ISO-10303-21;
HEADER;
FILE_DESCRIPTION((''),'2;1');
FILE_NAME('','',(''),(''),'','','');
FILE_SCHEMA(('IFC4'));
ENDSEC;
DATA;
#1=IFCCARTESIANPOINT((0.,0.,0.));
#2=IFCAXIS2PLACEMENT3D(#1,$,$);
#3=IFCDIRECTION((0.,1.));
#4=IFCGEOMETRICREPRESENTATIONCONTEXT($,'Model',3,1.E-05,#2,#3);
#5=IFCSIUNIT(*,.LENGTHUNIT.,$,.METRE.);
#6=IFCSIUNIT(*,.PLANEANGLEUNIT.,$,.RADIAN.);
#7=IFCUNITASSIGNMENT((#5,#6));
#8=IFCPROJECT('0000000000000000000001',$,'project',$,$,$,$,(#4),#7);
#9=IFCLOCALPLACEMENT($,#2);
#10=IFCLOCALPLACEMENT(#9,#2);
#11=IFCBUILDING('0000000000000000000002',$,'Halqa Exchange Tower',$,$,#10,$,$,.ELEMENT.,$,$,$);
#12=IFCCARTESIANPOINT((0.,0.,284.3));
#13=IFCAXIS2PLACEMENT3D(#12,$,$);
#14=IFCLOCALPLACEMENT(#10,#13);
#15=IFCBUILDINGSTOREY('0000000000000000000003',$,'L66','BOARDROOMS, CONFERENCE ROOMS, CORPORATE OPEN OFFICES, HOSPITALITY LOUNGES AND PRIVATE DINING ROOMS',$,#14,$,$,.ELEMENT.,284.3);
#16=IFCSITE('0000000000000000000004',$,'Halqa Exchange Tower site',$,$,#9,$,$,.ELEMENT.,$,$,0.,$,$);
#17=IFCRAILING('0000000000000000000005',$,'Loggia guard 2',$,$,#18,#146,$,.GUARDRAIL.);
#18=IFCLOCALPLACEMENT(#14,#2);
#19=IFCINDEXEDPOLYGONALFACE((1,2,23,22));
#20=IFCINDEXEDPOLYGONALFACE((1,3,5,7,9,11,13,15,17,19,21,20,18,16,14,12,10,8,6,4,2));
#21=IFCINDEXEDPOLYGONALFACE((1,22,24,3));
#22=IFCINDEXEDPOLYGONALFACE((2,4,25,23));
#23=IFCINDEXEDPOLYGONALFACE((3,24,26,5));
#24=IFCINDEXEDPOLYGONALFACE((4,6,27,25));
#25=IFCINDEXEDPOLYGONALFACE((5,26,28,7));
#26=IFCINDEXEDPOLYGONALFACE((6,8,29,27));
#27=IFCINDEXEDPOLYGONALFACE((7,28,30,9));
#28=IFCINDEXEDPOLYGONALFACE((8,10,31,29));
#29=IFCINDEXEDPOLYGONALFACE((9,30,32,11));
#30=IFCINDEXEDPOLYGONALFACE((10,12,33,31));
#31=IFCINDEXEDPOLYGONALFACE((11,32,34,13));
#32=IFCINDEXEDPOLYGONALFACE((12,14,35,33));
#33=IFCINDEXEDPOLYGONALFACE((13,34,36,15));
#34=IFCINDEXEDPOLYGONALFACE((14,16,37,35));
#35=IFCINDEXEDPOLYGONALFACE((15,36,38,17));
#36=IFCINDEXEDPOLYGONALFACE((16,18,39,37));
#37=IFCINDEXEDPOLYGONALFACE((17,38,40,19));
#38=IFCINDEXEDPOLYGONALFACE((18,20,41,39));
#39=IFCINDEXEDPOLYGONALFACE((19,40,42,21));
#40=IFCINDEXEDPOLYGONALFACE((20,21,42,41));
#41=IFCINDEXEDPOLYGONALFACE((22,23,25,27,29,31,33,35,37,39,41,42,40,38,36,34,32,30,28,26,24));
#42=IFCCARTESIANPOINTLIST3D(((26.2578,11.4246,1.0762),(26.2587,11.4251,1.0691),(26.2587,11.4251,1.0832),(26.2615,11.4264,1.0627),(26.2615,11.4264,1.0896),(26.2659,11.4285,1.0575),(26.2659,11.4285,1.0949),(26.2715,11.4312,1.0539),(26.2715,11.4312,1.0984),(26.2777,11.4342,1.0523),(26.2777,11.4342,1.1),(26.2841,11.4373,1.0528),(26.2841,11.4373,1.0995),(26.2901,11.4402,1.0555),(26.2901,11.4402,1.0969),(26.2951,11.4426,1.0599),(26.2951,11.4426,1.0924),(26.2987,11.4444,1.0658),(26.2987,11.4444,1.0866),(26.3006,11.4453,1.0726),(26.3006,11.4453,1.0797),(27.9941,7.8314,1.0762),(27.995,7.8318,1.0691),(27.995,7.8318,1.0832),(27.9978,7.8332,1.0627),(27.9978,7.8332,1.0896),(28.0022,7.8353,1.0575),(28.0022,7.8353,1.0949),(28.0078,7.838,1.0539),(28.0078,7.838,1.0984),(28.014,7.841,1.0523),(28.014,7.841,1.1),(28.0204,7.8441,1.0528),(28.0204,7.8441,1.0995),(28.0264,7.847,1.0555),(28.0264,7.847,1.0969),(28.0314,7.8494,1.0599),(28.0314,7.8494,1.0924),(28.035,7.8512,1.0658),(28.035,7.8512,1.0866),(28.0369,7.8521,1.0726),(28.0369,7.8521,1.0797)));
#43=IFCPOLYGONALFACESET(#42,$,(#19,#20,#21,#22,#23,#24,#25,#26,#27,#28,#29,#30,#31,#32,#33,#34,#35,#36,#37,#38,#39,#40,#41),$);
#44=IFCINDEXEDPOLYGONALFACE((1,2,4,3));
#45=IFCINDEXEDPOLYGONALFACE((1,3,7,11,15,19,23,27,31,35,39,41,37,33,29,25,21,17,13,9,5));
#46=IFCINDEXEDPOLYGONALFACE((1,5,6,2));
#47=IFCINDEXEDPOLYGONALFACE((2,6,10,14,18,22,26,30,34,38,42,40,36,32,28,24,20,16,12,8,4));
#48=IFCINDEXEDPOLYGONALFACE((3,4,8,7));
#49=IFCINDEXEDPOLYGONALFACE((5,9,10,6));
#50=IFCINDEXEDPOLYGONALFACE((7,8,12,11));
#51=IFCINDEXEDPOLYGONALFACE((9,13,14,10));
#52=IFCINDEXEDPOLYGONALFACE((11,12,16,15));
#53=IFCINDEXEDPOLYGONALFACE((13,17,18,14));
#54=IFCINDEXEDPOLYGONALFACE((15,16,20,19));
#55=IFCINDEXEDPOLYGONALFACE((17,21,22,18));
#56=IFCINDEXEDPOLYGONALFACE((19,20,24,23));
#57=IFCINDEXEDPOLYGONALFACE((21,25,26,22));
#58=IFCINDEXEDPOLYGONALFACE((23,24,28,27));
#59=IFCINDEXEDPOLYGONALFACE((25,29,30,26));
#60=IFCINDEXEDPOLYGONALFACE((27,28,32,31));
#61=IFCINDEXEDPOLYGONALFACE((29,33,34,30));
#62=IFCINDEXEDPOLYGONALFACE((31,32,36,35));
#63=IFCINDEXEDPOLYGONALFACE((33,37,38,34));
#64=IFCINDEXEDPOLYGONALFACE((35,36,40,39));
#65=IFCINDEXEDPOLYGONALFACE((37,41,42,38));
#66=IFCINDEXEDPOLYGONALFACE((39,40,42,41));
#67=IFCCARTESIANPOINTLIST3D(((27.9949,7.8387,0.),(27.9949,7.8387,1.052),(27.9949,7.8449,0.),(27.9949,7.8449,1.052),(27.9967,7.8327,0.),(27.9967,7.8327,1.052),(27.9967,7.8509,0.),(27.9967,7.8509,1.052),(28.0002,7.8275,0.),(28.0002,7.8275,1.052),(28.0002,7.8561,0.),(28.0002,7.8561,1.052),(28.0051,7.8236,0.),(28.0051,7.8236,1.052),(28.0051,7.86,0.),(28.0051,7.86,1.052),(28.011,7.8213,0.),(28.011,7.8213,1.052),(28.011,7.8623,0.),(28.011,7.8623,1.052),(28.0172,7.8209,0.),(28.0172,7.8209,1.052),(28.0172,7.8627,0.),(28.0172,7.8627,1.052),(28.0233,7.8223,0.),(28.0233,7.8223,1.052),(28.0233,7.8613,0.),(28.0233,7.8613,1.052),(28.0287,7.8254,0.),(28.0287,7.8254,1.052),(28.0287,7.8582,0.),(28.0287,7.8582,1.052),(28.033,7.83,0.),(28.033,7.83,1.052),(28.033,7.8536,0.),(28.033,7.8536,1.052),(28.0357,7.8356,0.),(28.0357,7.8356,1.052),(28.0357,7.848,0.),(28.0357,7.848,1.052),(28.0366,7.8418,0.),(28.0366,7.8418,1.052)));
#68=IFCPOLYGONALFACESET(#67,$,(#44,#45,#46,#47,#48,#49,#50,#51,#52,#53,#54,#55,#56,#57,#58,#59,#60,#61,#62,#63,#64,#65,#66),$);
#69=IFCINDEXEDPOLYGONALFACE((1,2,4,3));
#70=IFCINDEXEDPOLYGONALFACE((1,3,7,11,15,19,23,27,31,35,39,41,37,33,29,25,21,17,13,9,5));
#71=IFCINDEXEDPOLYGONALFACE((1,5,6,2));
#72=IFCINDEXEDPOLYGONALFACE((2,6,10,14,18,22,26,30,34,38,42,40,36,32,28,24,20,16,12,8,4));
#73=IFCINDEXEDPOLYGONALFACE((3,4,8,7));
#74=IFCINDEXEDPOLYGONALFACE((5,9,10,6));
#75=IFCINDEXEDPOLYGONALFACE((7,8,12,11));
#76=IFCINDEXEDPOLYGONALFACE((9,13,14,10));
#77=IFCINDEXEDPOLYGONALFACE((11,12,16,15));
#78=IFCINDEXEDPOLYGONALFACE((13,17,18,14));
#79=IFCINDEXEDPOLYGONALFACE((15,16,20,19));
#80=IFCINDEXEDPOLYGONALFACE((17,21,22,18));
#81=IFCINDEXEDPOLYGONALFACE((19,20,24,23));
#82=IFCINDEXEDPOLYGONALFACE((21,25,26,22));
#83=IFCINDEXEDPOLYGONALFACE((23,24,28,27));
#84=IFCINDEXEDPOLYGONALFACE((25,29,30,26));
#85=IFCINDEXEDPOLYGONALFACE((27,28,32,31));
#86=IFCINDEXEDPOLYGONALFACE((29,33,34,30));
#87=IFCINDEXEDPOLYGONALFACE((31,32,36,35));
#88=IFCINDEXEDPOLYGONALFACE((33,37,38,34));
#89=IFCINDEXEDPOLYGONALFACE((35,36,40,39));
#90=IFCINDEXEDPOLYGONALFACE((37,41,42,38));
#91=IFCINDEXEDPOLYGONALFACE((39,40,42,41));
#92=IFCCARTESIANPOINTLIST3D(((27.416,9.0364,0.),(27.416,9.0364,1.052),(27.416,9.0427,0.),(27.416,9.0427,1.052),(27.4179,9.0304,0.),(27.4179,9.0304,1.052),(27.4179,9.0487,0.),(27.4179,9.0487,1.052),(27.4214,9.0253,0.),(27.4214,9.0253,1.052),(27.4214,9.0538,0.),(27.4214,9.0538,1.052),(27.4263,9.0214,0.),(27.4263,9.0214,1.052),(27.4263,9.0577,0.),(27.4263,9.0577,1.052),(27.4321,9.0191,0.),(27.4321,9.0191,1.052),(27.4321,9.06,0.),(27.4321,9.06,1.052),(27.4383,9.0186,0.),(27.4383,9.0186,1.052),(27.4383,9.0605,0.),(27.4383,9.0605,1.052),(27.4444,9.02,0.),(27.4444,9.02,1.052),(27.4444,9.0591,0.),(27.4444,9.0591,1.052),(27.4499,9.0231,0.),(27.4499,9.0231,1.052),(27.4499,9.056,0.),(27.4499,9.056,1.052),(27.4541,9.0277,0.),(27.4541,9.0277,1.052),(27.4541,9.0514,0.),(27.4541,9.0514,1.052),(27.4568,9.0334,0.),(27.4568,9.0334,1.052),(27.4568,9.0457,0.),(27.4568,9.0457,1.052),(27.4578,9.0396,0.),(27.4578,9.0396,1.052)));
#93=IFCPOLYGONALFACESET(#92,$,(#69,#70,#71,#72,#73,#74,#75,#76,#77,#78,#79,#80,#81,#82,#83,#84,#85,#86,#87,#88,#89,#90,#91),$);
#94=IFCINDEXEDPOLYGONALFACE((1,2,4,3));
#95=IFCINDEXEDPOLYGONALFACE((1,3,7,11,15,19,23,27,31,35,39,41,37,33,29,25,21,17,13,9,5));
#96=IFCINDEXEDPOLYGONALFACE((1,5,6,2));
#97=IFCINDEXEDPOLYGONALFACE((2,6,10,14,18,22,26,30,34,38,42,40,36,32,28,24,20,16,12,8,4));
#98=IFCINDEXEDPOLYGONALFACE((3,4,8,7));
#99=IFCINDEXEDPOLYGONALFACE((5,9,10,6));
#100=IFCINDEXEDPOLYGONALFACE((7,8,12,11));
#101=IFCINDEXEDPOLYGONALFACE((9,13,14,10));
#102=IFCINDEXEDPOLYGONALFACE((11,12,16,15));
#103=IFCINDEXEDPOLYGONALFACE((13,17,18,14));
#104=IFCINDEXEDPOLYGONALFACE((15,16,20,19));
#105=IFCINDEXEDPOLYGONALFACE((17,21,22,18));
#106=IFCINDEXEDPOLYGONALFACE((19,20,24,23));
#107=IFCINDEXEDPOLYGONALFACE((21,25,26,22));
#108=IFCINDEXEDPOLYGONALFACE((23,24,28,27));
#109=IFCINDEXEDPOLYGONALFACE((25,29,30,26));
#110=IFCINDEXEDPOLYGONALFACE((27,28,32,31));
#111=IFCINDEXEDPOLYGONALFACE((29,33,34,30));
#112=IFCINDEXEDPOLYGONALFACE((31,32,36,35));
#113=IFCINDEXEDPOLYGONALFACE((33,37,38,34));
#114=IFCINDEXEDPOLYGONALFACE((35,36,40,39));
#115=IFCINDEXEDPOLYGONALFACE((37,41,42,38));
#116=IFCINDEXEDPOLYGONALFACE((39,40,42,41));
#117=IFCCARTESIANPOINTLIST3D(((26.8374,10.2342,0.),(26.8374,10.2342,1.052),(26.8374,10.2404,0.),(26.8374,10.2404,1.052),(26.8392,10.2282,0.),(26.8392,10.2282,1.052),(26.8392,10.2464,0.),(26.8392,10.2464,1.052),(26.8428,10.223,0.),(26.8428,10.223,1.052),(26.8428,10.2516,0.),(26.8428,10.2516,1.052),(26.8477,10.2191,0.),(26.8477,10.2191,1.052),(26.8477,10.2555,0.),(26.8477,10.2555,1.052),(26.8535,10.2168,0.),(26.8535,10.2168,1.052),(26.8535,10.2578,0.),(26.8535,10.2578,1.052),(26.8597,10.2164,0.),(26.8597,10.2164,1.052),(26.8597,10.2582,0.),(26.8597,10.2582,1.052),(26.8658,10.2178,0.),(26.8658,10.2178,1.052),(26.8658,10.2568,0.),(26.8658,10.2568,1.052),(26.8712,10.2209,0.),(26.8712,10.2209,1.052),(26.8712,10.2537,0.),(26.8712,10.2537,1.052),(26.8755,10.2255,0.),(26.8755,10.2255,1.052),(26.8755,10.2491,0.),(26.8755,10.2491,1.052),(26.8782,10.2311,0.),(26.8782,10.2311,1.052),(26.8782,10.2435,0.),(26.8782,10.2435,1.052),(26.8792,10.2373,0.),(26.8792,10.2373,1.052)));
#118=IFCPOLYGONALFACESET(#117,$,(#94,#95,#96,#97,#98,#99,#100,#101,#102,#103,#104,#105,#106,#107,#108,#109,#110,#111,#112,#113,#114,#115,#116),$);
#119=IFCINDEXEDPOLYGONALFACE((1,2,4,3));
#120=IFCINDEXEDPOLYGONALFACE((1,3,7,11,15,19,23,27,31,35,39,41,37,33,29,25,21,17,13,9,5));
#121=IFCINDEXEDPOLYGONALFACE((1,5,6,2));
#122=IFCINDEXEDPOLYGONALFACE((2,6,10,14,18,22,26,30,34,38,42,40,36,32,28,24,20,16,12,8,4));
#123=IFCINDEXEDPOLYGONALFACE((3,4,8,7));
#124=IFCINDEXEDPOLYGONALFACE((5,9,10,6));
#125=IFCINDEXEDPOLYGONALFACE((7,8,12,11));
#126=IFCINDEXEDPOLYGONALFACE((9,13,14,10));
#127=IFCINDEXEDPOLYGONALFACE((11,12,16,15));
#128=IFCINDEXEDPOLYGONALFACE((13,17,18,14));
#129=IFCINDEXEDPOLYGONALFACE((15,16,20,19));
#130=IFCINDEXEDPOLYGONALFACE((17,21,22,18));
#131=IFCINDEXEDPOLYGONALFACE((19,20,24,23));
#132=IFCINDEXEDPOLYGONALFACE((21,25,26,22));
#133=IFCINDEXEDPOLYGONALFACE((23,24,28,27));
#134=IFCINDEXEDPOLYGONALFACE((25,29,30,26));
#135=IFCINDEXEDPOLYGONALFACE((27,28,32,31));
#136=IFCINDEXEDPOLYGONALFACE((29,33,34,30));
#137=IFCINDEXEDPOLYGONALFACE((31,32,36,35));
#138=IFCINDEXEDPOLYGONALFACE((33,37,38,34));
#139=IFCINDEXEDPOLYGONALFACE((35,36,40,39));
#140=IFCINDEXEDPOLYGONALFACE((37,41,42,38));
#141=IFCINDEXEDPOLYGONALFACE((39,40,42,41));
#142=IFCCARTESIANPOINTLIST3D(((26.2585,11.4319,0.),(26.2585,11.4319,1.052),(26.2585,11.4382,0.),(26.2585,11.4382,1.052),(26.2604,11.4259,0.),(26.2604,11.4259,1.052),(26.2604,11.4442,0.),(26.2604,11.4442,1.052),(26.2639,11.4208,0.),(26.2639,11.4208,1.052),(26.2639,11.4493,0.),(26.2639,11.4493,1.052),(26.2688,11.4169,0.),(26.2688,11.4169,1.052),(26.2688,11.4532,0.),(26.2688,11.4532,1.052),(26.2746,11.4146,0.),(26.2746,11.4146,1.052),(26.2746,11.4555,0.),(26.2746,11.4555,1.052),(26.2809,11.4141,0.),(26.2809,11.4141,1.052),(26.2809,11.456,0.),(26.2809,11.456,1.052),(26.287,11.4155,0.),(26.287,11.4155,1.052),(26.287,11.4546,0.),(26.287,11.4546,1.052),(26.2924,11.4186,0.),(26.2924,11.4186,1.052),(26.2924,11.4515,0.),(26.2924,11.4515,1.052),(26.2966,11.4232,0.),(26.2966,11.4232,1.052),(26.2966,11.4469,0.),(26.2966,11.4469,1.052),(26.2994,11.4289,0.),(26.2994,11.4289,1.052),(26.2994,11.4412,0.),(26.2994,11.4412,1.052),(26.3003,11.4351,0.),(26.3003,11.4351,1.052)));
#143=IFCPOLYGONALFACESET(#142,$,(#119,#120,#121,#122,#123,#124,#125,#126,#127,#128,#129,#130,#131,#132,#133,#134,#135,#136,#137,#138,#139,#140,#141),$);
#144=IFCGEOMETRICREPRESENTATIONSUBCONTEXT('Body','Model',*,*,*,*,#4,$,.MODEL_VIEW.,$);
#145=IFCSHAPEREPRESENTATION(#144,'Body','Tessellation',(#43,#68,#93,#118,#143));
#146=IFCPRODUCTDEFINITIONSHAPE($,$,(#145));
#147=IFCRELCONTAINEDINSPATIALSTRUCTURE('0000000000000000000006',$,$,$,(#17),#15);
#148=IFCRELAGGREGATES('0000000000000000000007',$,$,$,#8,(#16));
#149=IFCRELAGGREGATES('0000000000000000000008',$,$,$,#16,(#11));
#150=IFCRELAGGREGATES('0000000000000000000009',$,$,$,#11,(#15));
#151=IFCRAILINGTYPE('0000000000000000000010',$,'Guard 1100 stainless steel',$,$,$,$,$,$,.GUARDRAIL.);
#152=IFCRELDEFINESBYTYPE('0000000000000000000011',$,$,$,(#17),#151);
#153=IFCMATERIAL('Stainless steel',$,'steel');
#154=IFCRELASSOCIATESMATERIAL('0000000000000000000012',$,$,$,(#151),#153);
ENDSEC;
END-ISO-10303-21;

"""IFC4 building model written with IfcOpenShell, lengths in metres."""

from ifc_helpers import new_model, si_unit, direction, frame, origin, origin_2d, place, context, subcontext, project, spatial, circle, extrude, material, type_object, element, save


model = new_model("IFC4")

# Units and contexts
model_context = context("Model", 3, precision=1e-05, world=origin(), true_north=direction((0.0, 1.0)))
body_context = subcontext(model_context, "Body", "Model", "MODEL_VIEW")
ifc_project = project(units=[si_unit("LENGTHUNIT", "METRE"), si_unit("PLANEANGLEUNIT", "RADIAN")], contexts=[model_context])

# Site, building, storey
site_placement = place(None, origin())
site = spatial("IfcSite", under=ifc_project, at=site_placement, Name="Halqa Exchange Tower site", CompositionType="ELEMENT", RefElevation=0.0)
building_placement = place(site_placement, origin())
building = spatial("IfcBuilding", under=site, at=building_placement, Name="Halqa Exchange Tower", CompositionType="ELEMENT")
storey_placement = place(building_placement, frame((0.0, 0.0, 284.3)))
storey = spatial("IfcBuildingStorey", under=building, at=storey_placement, Name="L66", Description="BOARDROOMS, CONFERENCE ROOMS, CORPORATE OPEN OFFICES, HOSPITALITY LOUNGES AND PRIVATE DINING ROOMS", CompositionType="ELEMENT", Elevation=284.3)

# Railing
ifc_material_1 = material(Name="Stainless steel", Category="steel")
railing_type = type_object("IfcRailingType", Name="Guard 1100 stainless steel", PredefinedType="GUARDRAIL", material=ifc_material_1)
railing_1_placement = place(storey_placement, frame((28.0156, 7.8418, 0.0)))
element("IfcRailing", 1, at=railing_1_placement, inside=storey, type_object=railing_type, Name="Loggia guard 2", PredefinedType="GUARDRAIL", context=body_context, shape_type="SweptSolid", body=[
    extrude(circle(Radius=0.0239, at=origin_2d()), frame((0.0, 0.0, 1.0762), z_axis=(-0.435084, 0.90039, 0.0), x_axis=(-0.90039, -0.435084, 0.0)), (0.0, 0.0, 1.0), 3.9907),
    extrude(circle(Radius=0.021, at=origin_2d()), origin(), (0.0, 0.0, 1.0), 1.052),
    extrude(circle(Radius=0.021, at=origin_2d()), frame((-0.5789, 1.1978, 0.0)), (0.0, 0.0, 1.0), 1.052),
    extrude(circle(Radius=0.021, at=origin_2d()), frame((-1.1575, 2.3955, 0.0)), (0.0, 0.0, 1.0), 1.052),
    extrude(circle(Radius=0.021, at=origin_2d()), frame((-1.7363, 3.5933, 0.0)), (0.0, 0.0, 1.0), 1.052),
])

save(model, "model.ifc")
